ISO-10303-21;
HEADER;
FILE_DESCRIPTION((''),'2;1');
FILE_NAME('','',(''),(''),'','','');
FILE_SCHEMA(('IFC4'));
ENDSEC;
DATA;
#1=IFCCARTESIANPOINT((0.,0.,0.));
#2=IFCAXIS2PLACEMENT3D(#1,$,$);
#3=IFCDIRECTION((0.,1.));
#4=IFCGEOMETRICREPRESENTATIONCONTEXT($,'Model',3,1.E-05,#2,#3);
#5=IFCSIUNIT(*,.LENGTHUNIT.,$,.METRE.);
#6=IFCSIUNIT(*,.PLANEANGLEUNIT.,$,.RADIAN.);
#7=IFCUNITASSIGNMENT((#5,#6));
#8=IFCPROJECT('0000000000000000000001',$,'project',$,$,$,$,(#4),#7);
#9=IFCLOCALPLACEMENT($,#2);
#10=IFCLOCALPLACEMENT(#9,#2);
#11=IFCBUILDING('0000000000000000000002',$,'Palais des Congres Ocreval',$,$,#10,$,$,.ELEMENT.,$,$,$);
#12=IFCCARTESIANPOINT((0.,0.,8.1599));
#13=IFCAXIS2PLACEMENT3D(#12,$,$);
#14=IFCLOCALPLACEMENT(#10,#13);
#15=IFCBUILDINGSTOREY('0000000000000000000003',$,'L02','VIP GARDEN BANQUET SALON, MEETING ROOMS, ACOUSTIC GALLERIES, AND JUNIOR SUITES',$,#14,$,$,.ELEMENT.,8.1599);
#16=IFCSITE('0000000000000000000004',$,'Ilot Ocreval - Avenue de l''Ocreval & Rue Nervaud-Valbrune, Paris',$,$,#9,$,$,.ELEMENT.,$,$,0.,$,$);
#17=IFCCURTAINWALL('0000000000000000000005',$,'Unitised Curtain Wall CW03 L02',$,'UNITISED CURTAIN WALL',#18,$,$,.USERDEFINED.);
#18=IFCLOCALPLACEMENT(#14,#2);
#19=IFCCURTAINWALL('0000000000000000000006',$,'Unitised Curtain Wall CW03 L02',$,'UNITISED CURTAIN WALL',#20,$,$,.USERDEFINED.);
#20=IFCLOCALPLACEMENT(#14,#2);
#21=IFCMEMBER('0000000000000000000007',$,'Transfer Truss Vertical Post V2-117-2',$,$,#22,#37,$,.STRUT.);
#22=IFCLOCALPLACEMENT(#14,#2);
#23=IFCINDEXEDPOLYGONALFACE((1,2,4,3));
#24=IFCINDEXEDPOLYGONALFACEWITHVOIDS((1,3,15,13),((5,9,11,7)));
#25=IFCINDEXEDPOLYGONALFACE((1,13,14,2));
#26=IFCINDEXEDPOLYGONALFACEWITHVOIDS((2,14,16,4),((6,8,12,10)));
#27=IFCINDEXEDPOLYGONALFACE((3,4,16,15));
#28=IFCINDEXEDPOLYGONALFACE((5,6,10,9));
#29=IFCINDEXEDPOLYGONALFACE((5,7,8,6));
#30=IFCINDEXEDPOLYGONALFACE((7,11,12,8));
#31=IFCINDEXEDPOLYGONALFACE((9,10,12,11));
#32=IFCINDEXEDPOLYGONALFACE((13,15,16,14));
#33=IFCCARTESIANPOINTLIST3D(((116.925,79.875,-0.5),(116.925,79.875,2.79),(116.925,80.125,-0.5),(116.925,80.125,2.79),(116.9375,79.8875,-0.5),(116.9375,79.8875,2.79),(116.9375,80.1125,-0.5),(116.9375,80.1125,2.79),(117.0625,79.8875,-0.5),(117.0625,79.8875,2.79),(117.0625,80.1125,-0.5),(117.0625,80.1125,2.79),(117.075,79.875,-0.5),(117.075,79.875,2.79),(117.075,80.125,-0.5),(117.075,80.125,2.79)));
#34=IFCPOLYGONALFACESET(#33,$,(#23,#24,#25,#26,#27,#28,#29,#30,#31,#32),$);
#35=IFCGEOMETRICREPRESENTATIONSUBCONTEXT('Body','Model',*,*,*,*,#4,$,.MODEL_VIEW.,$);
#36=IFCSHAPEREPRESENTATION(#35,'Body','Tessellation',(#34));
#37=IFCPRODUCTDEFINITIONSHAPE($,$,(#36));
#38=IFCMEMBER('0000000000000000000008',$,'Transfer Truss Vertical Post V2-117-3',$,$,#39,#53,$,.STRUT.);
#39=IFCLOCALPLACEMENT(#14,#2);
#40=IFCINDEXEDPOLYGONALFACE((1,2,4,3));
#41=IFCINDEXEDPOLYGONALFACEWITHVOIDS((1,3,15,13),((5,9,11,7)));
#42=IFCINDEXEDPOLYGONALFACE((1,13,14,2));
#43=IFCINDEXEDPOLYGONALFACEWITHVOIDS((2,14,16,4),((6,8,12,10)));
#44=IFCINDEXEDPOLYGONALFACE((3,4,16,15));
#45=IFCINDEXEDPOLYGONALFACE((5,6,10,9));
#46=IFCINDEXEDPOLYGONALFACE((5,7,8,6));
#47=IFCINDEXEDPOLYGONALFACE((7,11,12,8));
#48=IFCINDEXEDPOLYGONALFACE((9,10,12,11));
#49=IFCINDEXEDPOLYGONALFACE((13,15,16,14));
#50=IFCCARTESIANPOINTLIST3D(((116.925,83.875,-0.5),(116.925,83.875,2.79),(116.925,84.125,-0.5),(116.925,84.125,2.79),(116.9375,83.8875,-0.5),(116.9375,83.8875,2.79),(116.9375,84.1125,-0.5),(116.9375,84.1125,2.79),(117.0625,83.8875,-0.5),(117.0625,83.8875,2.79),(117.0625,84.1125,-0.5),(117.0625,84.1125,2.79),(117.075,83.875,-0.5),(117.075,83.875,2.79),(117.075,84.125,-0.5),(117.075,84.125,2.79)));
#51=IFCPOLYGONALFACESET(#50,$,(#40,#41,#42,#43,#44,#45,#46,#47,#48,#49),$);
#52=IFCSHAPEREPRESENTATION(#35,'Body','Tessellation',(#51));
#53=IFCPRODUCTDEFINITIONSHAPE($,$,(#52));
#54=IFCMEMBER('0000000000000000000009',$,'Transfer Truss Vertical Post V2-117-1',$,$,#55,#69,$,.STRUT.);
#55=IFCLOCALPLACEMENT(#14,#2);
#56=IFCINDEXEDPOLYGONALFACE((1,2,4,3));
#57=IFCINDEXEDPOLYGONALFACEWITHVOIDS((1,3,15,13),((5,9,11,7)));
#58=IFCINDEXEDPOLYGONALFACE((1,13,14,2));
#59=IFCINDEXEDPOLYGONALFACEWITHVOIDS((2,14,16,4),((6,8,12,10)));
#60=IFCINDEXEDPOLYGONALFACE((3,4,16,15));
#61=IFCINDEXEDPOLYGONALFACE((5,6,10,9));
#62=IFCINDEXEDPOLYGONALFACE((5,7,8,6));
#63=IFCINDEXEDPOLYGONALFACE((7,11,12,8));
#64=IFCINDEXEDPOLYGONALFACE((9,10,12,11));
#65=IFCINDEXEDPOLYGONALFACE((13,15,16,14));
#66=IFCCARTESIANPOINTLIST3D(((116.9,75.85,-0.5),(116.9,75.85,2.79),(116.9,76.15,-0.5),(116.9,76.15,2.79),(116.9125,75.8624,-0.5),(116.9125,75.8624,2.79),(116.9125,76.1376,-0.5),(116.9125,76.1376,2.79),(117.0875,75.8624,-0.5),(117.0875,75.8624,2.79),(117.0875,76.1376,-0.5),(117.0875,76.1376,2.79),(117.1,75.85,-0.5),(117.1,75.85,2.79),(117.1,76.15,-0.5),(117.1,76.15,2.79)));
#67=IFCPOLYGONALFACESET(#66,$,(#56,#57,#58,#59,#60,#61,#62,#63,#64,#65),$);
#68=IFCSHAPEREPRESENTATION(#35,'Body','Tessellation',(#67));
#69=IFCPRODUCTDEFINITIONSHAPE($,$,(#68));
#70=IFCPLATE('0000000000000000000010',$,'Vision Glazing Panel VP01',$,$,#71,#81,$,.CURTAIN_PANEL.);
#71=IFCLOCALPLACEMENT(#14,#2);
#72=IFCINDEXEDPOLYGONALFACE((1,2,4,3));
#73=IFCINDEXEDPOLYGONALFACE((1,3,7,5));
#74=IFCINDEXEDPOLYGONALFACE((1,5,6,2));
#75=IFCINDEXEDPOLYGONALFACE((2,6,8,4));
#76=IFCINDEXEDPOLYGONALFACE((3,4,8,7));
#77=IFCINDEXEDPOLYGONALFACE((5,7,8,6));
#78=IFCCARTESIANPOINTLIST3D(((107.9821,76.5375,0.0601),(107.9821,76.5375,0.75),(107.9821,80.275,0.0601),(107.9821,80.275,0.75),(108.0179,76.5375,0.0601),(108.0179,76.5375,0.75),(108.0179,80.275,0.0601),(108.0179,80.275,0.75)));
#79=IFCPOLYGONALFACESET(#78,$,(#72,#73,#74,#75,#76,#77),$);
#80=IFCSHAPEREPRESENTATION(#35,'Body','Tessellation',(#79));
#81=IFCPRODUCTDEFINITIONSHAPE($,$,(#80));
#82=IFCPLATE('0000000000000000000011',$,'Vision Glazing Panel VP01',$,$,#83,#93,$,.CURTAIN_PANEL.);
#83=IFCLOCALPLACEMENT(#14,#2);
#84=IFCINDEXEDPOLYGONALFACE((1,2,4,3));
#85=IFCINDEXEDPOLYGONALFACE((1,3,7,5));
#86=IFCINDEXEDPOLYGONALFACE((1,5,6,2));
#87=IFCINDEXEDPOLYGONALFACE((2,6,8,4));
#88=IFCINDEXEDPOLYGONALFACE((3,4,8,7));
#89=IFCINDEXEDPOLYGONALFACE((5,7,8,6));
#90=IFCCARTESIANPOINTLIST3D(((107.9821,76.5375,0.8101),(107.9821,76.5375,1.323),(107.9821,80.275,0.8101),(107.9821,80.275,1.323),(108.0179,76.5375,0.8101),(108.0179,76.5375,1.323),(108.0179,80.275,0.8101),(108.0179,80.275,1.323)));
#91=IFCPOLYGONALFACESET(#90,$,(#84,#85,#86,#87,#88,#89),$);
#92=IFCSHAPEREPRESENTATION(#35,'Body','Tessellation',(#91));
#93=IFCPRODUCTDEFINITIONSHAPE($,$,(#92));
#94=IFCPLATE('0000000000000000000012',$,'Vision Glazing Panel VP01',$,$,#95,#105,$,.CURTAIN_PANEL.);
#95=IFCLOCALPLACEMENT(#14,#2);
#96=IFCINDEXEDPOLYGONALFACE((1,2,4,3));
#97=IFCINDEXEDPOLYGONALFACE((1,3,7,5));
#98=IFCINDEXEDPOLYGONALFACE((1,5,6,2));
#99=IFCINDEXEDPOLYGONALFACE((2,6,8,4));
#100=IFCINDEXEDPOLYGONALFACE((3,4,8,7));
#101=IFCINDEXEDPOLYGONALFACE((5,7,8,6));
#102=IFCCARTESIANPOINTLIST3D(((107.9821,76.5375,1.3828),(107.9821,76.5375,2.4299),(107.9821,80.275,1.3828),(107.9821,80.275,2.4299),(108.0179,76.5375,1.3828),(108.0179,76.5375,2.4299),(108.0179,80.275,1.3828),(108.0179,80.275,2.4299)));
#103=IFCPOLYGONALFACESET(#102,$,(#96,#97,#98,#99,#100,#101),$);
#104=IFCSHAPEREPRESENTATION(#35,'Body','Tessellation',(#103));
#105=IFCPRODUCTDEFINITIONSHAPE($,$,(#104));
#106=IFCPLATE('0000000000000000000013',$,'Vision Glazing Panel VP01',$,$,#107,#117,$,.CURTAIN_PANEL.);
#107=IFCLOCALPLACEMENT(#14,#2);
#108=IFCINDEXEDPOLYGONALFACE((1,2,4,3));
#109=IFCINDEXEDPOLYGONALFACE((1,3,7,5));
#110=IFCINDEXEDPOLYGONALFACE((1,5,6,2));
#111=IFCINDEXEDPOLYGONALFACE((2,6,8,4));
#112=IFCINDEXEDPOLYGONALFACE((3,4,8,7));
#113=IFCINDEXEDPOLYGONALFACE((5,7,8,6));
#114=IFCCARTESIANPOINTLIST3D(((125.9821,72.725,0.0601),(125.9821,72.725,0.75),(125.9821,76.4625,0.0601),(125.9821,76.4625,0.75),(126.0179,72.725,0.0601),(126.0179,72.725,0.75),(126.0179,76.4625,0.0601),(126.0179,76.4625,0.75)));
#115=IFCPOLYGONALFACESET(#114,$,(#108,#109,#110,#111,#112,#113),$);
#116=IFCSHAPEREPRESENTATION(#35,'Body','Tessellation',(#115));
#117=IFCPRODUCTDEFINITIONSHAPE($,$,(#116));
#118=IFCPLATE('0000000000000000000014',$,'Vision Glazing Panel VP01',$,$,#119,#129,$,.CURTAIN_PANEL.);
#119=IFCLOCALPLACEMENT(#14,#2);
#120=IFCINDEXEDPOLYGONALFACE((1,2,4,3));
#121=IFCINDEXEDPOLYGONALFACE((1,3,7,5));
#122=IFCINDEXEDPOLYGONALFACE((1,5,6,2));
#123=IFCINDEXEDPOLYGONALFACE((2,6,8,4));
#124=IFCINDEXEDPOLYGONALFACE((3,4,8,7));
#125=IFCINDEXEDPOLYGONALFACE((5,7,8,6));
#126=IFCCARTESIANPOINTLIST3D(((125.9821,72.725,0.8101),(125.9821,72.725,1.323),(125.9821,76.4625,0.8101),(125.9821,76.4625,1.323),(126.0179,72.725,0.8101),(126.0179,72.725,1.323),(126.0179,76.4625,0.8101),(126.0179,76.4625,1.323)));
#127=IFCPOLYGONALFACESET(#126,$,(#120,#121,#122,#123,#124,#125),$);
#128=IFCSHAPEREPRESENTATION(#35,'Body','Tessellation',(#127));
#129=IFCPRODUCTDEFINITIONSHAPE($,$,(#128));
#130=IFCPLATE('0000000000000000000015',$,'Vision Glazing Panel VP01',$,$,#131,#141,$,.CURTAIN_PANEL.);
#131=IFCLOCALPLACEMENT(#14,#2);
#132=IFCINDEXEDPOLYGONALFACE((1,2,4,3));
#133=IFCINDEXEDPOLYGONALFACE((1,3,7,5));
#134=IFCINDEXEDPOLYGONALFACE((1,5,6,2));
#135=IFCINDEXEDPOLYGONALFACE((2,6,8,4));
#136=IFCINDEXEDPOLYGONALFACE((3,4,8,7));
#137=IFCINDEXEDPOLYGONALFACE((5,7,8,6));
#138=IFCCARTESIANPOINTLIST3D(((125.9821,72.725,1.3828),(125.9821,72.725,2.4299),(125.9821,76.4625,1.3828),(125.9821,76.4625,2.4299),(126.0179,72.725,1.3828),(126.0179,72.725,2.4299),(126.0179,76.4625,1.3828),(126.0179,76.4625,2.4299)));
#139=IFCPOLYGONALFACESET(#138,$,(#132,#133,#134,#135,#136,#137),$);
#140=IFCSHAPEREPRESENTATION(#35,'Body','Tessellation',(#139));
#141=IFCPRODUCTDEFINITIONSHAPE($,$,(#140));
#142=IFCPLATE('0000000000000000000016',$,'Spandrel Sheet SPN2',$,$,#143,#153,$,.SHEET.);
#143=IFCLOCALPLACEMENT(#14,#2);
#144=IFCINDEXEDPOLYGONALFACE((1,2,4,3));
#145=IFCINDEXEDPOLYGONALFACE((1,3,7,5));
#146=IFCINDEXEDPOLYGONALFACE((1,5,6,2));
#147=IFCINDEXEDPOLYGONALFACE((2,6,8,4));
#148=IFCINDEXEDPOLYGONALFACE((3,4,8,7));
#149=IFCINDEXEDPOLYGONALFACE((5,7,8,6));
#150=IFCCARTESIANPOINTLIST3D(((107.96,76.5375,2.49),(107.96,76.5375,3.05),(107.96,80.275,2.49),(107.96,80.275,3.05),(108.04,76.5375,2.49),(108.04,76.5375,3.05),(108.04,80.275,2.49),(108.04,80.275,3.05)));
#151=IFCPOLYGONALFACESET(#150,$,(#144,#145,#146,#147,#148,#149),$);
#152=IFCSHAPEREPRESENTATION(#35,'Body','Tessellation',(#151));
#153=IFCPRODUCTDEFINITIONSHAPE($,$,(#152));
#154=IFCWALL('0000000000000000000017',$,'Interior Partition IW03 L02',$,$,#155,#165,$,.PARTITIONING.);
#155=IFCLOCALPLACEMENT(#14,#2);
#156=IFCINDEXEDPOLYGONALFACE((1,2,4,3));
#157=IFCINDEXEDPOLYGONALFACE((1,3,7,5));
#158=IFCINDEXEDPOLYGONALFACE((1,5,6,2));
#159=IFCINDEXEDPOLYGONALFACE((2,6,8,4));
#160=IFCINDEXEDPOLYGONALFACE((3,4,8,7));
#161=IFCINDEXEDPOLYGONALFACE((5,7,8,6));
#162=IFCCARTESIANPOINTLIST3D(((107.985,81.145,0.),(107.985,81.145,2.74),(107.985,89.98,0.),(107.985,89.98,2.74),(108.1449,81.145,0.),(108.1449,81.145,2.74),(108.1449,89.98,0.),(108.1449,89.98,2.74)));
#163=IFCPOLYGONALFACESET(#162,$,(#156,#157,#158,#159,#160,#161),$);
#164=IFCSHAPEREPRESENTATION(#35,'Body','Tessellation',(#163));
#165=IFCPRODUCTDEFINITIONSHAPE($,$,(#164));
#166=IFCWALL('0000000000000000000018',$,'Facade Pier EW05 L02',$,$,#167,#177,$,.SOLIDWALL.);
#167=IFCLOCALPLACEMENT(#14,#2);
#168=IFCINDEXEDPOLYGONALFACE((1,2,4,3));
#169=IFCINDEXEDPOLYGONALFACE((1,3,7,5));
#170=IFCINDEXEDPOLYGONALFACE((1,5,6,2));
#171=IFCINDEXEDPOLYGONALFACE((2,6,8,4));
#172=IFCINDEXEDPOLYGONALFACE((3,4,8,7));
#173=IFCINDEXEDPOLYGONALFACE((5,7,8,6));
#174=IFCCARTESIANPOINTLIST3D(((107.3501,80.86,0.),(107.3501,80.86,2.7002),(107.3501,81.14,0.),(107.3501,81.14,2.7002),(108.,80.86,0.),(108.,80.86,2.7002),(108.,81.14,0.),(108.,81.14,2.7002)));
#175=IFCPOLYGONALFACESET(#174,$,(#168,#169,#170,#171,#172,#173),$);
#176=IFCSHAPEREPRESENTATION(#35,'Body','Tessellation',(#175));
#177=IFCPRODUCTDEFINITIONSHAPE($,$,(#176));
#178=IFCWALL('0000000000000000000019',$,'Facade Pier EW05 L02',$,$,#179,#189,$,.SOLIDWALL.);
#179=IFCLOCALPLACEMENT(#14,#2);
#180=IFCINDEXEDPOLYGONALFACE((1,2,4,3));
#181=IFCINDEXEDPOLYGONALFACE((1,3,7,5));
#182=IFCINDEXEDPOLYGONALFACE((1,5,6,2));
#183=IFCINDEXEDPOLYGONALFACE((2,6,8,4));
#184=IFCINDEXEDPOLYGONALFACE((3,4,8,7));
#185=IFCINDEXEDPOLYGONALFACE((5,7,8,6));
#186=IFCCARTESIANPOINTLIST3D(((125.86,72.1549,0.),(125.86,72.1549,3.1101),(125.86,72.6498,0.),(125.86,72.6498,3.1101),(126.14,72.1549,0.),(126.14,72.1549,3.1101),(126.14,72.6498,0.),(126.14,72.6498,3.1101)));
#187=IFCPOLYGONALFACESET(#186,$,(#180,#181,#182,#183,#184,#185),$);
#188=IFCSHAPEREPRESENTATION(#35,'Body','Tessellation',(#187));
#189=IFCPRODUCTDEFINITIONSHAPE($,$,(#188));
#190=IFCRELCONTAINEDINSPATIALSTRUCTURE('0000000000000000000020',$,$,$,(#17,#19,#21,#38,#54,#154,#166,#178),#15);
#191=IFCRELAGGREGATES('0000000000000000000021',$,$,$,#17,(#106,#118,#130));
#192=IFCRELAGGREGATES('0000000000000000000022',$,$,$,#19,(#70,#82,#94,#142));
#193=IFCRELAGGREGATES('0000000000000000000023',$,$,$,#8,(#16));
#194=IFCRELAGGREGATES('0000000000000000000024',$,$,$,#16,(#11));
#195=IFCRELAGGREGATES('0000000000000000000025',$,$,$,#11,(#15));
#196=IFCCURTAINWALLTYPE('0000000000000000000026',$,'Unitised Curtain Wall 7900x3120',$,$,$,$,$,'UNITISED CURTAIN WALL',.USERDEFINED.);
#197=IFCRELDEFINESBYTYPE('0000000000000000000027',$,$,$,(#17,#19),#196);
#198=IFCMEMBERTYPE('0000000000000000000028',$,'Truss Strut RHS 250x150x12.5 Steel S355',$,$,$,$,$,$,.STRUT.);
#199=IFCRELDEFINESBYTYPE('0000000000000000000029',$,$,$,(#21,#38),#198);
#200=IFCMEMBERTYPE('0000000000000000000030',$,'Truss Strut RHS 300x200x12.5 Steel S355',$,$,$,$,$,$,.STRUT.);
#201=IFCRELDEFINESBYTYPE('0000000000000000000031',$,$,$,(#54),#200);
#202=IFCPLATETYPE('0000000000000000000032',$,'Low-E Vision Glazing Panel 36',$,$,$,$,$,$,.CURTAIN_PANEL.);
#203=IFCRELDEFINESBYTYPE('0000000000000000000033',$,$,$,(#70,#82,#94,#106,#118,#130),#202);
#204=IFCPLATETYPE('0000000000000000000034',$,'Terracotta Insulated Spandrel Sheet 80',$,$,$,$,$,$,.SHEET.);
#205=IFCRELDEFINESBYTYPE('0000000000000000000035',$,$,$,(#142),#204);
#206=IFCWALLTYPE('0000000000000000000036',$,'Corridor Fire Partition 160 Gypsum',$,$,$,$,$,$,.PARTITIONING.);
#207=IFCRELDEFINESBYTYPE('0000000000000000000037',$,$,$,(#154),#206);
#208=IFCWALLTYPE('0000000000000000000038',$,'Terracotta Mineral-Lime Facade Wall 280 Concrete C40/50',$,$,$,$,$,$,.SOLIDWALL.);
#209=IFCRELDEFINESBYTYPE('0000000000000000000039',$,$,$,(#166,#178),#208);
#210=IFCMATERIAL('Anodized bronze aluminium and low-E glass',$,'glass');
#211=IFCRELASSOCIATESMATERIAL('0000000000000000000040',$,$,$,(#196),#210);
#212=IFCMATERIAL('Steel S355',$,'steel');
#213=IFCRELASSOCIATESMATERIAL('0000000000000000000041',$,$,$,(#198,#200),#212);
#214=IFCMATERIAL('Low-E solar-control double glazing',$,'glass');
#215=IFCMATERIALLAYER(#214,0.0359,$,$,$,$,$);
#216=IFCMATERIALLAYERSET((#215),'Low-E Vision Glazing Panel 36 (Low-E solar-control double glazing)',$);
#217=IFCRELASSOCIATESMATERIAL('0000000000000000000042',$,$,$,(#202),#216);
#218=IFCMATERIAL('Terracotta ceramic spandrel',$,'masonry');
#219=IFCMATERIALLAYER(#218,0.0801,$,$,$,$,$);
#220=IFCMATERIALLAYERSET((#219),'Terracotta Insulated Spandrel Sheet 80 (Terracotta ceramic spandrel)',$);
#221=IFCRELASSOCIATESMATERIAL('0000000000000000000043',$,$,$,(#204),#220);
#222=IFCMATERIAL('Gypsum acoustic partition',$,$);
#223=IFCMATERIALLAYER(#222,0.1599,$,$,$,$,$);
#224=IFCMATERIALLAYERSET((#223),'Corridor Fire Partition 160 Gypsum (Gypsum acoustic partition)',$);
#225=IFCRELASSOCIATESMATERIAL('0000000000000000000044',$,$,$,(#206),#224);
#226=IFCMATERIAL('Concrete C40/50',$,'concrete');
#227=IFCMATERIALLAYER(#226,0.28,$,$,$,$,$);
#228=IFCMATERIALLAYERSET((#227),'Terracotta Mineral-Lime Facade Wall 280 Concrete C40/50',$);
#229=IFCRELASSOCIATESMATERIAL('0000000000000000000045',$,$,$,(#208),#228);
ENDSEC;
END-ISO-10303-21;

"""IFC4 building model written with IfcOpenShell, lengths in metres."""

from ifc_helpers import new_model, si_unit, direction, frame, frame_2d, origin, origin_2d, place, context, subcontext, project, spatial, rectangle, hollow_rectangle, extrude, material, layer, layer_set, material_profile, profile_set, type_object, element, aggregate, save


model = new_model("IFC4")

# Units and contexts
model_context = context("Model", 3, precision=1e-05, world=origin(), true_north=direction((0.0, 1.0)))
body_context = subcontext(model_context, "Body", "Model", "MODEL_VIEW")
ifc_project = project(units=[si_unit("LENGTHUNIT", "METRE"), si_unit("PLANEANGLEUNIT", "RADIAN")], contexts=[model_context])

# Site, building, storey
site_placement = place(None, origin())
site = spatial("IfcSite", under=ifc_project, at=site_placement, Name="Ilot Ocreval - Avenue de l'Ocreval & Rue Nervaud-Valbrune, Paris", CompositionType="ELEMENT", RefElevation=0.0)
building_placement = place(site_placement, origin())
building = spatial("IfcBuilding", under=site, at=building_placement, Name="Palais des Congres Ocreval", CompositionType="ELEMENT")
storey_placement = place(building_placement, frame((0.0, 0.0, 8.1599)))
storey = spatial("IfcBuildingStorey", under=building, at=storey_placement, Name="L02", Description="VIP GARDEN BANQUET SALON, MEETING ROOMS, ACOUSTIC GALLERIES, AND JUNIOR SUITES", CompositionType="ELEMENT", Elevation=8.1599)

# Curtain wall
ifc_material_1 = material(Name="Anodized bronze aluminium and low-E glass", Category="glass")
curtain_wall_type = type_object("IfcCurtainWallType", Name="Unitised Curtain Wall 7900x3120", ElementType="UNITISED CURTAIN WALL", PredefinedType="USERDEFINED", material=ifc_material_1)
curtain_wall_1_placement = place(storey_placement, origin())
curtain_wall_1 = element("IfcCurtainWall", 1, at=curtain_wall_1_placement, inside=storey, type_object=curtain_wall_type, Name="Unitised Curtain Wall CW03 L02", ObjectType="UNITISED CURTAIN WALL", PredefinedType="USERDEFINED")

# Curtain wall
curtain_wall_2_placement = place(storey_placement, origin())
curtain_wall_2 = element("IfcCurtainWall", 2, at=curtain_wall_2_placement, inside=storey, type_object=curtain_wall_type, Name="Unitised Curtain Wall CW03 L02", ObjectType="UNITISED CURTAIN WALL", PredefinedType="USERDEFINED")

# Shared definitions
ifc_material_2 = material(Name="Steel S355", Category="steel")

# Members
ifc_material_profile_1 = material_profile(ifc_material_2, hollow_rectangle(XDim=0.1499, YDim=0.25, WallThickness=0.0125, at=origin_2d()), Name="RHS 250x150x12.5")
ifc_profile_set_1 = profile_set([ifc_material_profile_1], Name="Steel S355")
member_type_1 = type_object("IfcMemberType", Name="Truss Strut RHS 250x150x12.5 Steel S355", PredefinedType="STRUT", material=ifc_profile_set_1)
for number, where, z_axis, x_axis, name in (
    (3, (117.0, 80.0, -0.5), (0.0, 0.0, 1.0), (1.0, 0.0, 0.0), "Transfer Truss Vertical Post V2-117-2"),
    (4, (117.0, 84.0, -0.5), (0.0, 0.0, 1.0), (1.0, 0.0, 0.0), "Transfer Truss Vertical Post V2-117-3"),
):
    element("IfcMember", number, at=place(storey_placement, frame(where, z_axis=z_axis, x_axis=x_axis)), inside=storey, type_object=member_type_1, Name=name, PredefinedType="STRUT", context=body_context, shape_type="SweptSolid", body=[
        extrude(hollow_rectangle(XDim=0.1499, YDim=0.25, WallThickness=0.0125, at=origin_2d()), origin(), (0.0, 0.0, 1.0), 3.29),
    ])
ifc_material_profile_2 = material_profile(ifc_material_2, hollow_rectangle(XDim=0.2, YDim=0.3, WallThickness=0.0125, at=origin_2d()), Name="RHS 300x200x12.5")
ifc_profile_set_2 = profile_set([ifc_material_profile_2], Name="Steel S355")
member_type_2 = type_object("IfcMemberType", Name="Truss Strut RHS 300x200x12.5 Steel S355", PredefinedType="STRUT", material=ifc_profile_set_2)
member_1_placement = place(storey_placement, frame((117.0, 76.0, -0.5), z_axis=(0.0, 0.0, 1.0), x_axis=(1.0, 0.0, 0.0)))
element("IfcMember", 5, at=member_1_placement, inside=storey, type_object=member_type_2, Name="Transfer Truss Vertical Post V2-117-1", PredefinedType="STRUT", context=body_context, shape_type="SweptSolid", body=[
    extrude(hollow_rectangle(XDim=0.2, YDim=0.3, WallThickness=0.0125, at=origin_2d()), origin(), (0.0, 0.0, 1.0), 3.29),
])

# Plates
ifc_material_3 = material(Name="Low-E solar-control double glazing", Category="glass")
ifc_layer_1 = layer(ifc_material_3, 0.0359)
ifc_layer_set_1 = layer_set([ifc_layer_1], Name="Low-E Vision Glazing Panel 36 (Low-E solar-control double glazing)")
plate_type_1 = type_object("IfcPlateType", Name="Low-E Vision Glazing Panel 36", PredefinedType="CURTAIN_PANEL", material=ifc_layer_set_1)
plate_1_placement = place(storey_placement, frame((108.0, 78.4062, 0.0601), z_axis=(0.0, 0.0, 1.0), x_axis=(0.0, 1.0, 0.0)))
plate_1 = element("IfcPlate", 6, at=plate_1_placement, type_object=plate_type_1, Name="Vision Glazing Panel VP01", PredefinedType="CURTAIN_PANEL", context=body_context, shape_type="SweptSolid", body=[
    extrude(rectangle(XDim=3.7375, YDim=0.0359, at=origin_2d()), origin(), (0.0, 0.0, 1.0), 0.6899),
])
plate_2_placement = place(storey_placement, frame((108.0, 78.4062, 0.8101), z_axis=(0.0, 0.0, 1.0), x_axis=(0.0, 1.0, 0.0)))
plate_2 = element("IfcPlate", 7, at=plate_2_placement, type_object=plate_type_1, Name="Vision Glazing Panel VP01", PredefinedType="CURTAIN_PANEL", context=body_context, shape_type="SweptSolid", body=[
    extrude(rectangle(XDim=3.7375, YDim=0.0359, at=origin_2d()), origin(), (0.0, 0.0, 1.0), 0.5129),
])
plate_3_placement = place(storey_placement, frame((108.0, 78.4062, 1.3828), z_axis=(0.0, 0.0, 1.0), x_axis=(0.0, 1.0, 0.0)))
plate_3 = element("IfcPlate", 8, at=plate_3_placement, type_object=plate_type_1, Name="Vision Glazing Panel VP01", PredefinedType="CURTAIN_PANEL", context=body_context, shape_type="SweptSolid", body=[
    extrude(rectangle(XDim=3.7375, YDim=0.0359, at=origin_2d()), origin(), (0.0, 0.0, 1.0), 1.0471),
])
plate_4_placement = place(storey_placement, frame((126.0, 74.5938, 0.0601), z_axis=(0.0, 0.0, 1.0), x_axis=(0.0, -1.0, 0.0)))
plate_4 = element("IfcPlate", 9, at=plate_4_placement, type_object=plate_type_1, Name="Vision Glazing Panel VP01", PredefinedType="CURTAIN_PANEL", context=body_context, shape_type="SweptSolid", body=[
    extrude(rectangle(XDim=3.7375, YDim=0.0359, at=origin_2d()), origin(), (0.0, 0.0, 1.0), 0.6899),
])
plate_5_placement = place(storey_placement, frame((126.0, 74.5938, 0.8101), z_axis=(0.0, 0.0, 1.0), x_axis=(0.0, -1.0, 0.0)))
plate_5 = element("IfcPlate", 10, at=plate_5_placement, type_object=plate_type_1, Name="Vision Glazing Panel VP01", PredefinedType="CURTAIN_PANEL", context=body_context, shape_type="SweptSolid", body=[
    extrude(rectangle(XDim=3.7375, YDim=0.0359, at=origin_2d()), origin(), (0.0, 0.0, 1.0), 0.5129),
])
plate_6_placement = place(storey_placement, frame((126.0, 74.5938, 1.3828), z_axis=(0.0, 0.0, 1.0), x_axis=(0.0, -1.0, 0.0)))
plate_6 = element("IfcPlate", 11, at=plate_6_placement, type_object=plate_type_1, Name="Vision Glazing Panel VP01", PredefinedType="CURTAIN_PANEL", context=body_context, shape_type="SweptSolid", body=[
    extrude(rectangle(XDim=3.7375, YDim=0.0359, at=origin_2d()), origin(), (0.0, 0.0, 1.0), 1.0471),
])
aggregate(curtain_wall_1, [plate_4, plate_5, plate_6])
ifc_material_4 = material(Name="Terracotta ceramic spandrel", Category="masonry")
ifc_layer_2 = layer(ifc_material_4, 0.0801)
ifc_layer_set_2 = layer_set([ifc_layer_2], Name="Terracotta Insulated Spandrel Sheet 80 (Terracotta ceramic spandrel)")
plate_type_2 = type_object("IfcPlateType", Name="Terracotta Insulated Spandrel Sheet 80", PredefinedType="SHEET", material=ifc_layer_set_2)
plate_7_placement = place(storey_placement, frame((108.0, 78.4062, 2.49), z_axis=(0.0, 0.0, 1.0), x_axis=(0.0, 1.0, 0.0)))
plate_7 = element("IfcPlate", 12, at=plate_7_placement, type_object=plate_type_2, Name="Spandrel Sheet SPN2", PredefinedType="SHEET", context=body_context, shape_type="SweptSolid", body=[
    extrude(rectangle(XDim=3.7375, YDim=0.0801, at=origin_2d()), origin(), (0.0, 0.0, 1.0), 0.5601),
])
aggregate(curtain_wall_2, [plate_1, plate_2, plate_3, plate_7])

# Walls
ifc_material_5 = material(Name="Gypsum acoustic partition")
ifc_layer_3 = layer(ifc_material_5, 0.1599)
ifc_layer_set_3 = layer_set([ifc_layer_3], Name="Corridor Fire Partition 160 Gypsum (Gypsum acoustic partition)")
wall_type_1 = type_object("IfcWallType", Name="Corridor Fire Partition 160 Gypsum", PredefinedType="PARTITIONING", material=ifc_layer_set_3)
wall_1_placement = place(storey_placement, frame((108.0649, 81.145, 0.0), z_axis=(0.0, 0.0, 1.0), x_axis=(0.0, 1.0, 0.0)))
element("IfcWall", 13, at=wall_1_placement, inside=storey, type_object=wall_type_1, Name="Interior Partition IW03 L02", PredefinedType="PARTITIONING", context=body_context, shape_type="SweptSolid", body=[
    extrude(rectangle(XDim=8.835, YDim=0.1599, at=frame_2d((4.4175, 0.0))), origin(), (0.0, 0.0, 1.0), 2.74),
])
ifc_material_6 = material(Name="Concrete C40/50", Category="concrete")
ifc_layer_4 = layer(ifc_material_6, 0.28)
ifc_layer_set_4 = layer_set([ifc_layer_4], Name="Terracotta Mineral-Lime Facade Wall 280 Concrete C40/50")
wall_type_2 = type_object("IfcWallType", Name="Terracotta Mineral-Lime Facade Wall 280 Concrete C40/50", PredefinedType="SOLIDWALL", material=ifc_layer_set_4)
wall_2_placement = place(storey_placement, frame((108.0, 81.0, 0.0), z_axis=(0.0, 0.0, 1.0), x_axis=(-1.0, 0.0, 0.0)))
element("IfcWall", 14, at=wall_2_placement, inside=storey, type_object=wall_type_2, Name="Facade Pier EW05 L02", PredefinedType="SOLIDWALL", context=body_context, shape_type="SweptSolid", body=[
    extrude(rectangle(XDim=0.6499, YDim=0.28, at=frame_2d((0.325, 0.0))), origin(), (0.0, 0.0, 1.0), 2.7002),
])
wall_3_placement = place(storey_placement, frame((126.0, 72.6499, 0.0), z_axis=(0.0, 0.0, 1.0), x_axis=(0.0, -1.0, 0.0)))
element("IfcWall", 15, at=wall_3_placement, inside=storey, type_object=wall_type_2, Name="Facade Pier EW05 L02", PredefinedType="SOLIDWALL", context=body_context, shape_type="SweptSolid", body=[
    extrude(rectangle(XDim=0.4949, YDim=0.28, at=frame_2d((0.2476, 0.0))), origin(), (0.0, 0.0, 1.0), 3.1101),
])

save(model, "model.ifc")
